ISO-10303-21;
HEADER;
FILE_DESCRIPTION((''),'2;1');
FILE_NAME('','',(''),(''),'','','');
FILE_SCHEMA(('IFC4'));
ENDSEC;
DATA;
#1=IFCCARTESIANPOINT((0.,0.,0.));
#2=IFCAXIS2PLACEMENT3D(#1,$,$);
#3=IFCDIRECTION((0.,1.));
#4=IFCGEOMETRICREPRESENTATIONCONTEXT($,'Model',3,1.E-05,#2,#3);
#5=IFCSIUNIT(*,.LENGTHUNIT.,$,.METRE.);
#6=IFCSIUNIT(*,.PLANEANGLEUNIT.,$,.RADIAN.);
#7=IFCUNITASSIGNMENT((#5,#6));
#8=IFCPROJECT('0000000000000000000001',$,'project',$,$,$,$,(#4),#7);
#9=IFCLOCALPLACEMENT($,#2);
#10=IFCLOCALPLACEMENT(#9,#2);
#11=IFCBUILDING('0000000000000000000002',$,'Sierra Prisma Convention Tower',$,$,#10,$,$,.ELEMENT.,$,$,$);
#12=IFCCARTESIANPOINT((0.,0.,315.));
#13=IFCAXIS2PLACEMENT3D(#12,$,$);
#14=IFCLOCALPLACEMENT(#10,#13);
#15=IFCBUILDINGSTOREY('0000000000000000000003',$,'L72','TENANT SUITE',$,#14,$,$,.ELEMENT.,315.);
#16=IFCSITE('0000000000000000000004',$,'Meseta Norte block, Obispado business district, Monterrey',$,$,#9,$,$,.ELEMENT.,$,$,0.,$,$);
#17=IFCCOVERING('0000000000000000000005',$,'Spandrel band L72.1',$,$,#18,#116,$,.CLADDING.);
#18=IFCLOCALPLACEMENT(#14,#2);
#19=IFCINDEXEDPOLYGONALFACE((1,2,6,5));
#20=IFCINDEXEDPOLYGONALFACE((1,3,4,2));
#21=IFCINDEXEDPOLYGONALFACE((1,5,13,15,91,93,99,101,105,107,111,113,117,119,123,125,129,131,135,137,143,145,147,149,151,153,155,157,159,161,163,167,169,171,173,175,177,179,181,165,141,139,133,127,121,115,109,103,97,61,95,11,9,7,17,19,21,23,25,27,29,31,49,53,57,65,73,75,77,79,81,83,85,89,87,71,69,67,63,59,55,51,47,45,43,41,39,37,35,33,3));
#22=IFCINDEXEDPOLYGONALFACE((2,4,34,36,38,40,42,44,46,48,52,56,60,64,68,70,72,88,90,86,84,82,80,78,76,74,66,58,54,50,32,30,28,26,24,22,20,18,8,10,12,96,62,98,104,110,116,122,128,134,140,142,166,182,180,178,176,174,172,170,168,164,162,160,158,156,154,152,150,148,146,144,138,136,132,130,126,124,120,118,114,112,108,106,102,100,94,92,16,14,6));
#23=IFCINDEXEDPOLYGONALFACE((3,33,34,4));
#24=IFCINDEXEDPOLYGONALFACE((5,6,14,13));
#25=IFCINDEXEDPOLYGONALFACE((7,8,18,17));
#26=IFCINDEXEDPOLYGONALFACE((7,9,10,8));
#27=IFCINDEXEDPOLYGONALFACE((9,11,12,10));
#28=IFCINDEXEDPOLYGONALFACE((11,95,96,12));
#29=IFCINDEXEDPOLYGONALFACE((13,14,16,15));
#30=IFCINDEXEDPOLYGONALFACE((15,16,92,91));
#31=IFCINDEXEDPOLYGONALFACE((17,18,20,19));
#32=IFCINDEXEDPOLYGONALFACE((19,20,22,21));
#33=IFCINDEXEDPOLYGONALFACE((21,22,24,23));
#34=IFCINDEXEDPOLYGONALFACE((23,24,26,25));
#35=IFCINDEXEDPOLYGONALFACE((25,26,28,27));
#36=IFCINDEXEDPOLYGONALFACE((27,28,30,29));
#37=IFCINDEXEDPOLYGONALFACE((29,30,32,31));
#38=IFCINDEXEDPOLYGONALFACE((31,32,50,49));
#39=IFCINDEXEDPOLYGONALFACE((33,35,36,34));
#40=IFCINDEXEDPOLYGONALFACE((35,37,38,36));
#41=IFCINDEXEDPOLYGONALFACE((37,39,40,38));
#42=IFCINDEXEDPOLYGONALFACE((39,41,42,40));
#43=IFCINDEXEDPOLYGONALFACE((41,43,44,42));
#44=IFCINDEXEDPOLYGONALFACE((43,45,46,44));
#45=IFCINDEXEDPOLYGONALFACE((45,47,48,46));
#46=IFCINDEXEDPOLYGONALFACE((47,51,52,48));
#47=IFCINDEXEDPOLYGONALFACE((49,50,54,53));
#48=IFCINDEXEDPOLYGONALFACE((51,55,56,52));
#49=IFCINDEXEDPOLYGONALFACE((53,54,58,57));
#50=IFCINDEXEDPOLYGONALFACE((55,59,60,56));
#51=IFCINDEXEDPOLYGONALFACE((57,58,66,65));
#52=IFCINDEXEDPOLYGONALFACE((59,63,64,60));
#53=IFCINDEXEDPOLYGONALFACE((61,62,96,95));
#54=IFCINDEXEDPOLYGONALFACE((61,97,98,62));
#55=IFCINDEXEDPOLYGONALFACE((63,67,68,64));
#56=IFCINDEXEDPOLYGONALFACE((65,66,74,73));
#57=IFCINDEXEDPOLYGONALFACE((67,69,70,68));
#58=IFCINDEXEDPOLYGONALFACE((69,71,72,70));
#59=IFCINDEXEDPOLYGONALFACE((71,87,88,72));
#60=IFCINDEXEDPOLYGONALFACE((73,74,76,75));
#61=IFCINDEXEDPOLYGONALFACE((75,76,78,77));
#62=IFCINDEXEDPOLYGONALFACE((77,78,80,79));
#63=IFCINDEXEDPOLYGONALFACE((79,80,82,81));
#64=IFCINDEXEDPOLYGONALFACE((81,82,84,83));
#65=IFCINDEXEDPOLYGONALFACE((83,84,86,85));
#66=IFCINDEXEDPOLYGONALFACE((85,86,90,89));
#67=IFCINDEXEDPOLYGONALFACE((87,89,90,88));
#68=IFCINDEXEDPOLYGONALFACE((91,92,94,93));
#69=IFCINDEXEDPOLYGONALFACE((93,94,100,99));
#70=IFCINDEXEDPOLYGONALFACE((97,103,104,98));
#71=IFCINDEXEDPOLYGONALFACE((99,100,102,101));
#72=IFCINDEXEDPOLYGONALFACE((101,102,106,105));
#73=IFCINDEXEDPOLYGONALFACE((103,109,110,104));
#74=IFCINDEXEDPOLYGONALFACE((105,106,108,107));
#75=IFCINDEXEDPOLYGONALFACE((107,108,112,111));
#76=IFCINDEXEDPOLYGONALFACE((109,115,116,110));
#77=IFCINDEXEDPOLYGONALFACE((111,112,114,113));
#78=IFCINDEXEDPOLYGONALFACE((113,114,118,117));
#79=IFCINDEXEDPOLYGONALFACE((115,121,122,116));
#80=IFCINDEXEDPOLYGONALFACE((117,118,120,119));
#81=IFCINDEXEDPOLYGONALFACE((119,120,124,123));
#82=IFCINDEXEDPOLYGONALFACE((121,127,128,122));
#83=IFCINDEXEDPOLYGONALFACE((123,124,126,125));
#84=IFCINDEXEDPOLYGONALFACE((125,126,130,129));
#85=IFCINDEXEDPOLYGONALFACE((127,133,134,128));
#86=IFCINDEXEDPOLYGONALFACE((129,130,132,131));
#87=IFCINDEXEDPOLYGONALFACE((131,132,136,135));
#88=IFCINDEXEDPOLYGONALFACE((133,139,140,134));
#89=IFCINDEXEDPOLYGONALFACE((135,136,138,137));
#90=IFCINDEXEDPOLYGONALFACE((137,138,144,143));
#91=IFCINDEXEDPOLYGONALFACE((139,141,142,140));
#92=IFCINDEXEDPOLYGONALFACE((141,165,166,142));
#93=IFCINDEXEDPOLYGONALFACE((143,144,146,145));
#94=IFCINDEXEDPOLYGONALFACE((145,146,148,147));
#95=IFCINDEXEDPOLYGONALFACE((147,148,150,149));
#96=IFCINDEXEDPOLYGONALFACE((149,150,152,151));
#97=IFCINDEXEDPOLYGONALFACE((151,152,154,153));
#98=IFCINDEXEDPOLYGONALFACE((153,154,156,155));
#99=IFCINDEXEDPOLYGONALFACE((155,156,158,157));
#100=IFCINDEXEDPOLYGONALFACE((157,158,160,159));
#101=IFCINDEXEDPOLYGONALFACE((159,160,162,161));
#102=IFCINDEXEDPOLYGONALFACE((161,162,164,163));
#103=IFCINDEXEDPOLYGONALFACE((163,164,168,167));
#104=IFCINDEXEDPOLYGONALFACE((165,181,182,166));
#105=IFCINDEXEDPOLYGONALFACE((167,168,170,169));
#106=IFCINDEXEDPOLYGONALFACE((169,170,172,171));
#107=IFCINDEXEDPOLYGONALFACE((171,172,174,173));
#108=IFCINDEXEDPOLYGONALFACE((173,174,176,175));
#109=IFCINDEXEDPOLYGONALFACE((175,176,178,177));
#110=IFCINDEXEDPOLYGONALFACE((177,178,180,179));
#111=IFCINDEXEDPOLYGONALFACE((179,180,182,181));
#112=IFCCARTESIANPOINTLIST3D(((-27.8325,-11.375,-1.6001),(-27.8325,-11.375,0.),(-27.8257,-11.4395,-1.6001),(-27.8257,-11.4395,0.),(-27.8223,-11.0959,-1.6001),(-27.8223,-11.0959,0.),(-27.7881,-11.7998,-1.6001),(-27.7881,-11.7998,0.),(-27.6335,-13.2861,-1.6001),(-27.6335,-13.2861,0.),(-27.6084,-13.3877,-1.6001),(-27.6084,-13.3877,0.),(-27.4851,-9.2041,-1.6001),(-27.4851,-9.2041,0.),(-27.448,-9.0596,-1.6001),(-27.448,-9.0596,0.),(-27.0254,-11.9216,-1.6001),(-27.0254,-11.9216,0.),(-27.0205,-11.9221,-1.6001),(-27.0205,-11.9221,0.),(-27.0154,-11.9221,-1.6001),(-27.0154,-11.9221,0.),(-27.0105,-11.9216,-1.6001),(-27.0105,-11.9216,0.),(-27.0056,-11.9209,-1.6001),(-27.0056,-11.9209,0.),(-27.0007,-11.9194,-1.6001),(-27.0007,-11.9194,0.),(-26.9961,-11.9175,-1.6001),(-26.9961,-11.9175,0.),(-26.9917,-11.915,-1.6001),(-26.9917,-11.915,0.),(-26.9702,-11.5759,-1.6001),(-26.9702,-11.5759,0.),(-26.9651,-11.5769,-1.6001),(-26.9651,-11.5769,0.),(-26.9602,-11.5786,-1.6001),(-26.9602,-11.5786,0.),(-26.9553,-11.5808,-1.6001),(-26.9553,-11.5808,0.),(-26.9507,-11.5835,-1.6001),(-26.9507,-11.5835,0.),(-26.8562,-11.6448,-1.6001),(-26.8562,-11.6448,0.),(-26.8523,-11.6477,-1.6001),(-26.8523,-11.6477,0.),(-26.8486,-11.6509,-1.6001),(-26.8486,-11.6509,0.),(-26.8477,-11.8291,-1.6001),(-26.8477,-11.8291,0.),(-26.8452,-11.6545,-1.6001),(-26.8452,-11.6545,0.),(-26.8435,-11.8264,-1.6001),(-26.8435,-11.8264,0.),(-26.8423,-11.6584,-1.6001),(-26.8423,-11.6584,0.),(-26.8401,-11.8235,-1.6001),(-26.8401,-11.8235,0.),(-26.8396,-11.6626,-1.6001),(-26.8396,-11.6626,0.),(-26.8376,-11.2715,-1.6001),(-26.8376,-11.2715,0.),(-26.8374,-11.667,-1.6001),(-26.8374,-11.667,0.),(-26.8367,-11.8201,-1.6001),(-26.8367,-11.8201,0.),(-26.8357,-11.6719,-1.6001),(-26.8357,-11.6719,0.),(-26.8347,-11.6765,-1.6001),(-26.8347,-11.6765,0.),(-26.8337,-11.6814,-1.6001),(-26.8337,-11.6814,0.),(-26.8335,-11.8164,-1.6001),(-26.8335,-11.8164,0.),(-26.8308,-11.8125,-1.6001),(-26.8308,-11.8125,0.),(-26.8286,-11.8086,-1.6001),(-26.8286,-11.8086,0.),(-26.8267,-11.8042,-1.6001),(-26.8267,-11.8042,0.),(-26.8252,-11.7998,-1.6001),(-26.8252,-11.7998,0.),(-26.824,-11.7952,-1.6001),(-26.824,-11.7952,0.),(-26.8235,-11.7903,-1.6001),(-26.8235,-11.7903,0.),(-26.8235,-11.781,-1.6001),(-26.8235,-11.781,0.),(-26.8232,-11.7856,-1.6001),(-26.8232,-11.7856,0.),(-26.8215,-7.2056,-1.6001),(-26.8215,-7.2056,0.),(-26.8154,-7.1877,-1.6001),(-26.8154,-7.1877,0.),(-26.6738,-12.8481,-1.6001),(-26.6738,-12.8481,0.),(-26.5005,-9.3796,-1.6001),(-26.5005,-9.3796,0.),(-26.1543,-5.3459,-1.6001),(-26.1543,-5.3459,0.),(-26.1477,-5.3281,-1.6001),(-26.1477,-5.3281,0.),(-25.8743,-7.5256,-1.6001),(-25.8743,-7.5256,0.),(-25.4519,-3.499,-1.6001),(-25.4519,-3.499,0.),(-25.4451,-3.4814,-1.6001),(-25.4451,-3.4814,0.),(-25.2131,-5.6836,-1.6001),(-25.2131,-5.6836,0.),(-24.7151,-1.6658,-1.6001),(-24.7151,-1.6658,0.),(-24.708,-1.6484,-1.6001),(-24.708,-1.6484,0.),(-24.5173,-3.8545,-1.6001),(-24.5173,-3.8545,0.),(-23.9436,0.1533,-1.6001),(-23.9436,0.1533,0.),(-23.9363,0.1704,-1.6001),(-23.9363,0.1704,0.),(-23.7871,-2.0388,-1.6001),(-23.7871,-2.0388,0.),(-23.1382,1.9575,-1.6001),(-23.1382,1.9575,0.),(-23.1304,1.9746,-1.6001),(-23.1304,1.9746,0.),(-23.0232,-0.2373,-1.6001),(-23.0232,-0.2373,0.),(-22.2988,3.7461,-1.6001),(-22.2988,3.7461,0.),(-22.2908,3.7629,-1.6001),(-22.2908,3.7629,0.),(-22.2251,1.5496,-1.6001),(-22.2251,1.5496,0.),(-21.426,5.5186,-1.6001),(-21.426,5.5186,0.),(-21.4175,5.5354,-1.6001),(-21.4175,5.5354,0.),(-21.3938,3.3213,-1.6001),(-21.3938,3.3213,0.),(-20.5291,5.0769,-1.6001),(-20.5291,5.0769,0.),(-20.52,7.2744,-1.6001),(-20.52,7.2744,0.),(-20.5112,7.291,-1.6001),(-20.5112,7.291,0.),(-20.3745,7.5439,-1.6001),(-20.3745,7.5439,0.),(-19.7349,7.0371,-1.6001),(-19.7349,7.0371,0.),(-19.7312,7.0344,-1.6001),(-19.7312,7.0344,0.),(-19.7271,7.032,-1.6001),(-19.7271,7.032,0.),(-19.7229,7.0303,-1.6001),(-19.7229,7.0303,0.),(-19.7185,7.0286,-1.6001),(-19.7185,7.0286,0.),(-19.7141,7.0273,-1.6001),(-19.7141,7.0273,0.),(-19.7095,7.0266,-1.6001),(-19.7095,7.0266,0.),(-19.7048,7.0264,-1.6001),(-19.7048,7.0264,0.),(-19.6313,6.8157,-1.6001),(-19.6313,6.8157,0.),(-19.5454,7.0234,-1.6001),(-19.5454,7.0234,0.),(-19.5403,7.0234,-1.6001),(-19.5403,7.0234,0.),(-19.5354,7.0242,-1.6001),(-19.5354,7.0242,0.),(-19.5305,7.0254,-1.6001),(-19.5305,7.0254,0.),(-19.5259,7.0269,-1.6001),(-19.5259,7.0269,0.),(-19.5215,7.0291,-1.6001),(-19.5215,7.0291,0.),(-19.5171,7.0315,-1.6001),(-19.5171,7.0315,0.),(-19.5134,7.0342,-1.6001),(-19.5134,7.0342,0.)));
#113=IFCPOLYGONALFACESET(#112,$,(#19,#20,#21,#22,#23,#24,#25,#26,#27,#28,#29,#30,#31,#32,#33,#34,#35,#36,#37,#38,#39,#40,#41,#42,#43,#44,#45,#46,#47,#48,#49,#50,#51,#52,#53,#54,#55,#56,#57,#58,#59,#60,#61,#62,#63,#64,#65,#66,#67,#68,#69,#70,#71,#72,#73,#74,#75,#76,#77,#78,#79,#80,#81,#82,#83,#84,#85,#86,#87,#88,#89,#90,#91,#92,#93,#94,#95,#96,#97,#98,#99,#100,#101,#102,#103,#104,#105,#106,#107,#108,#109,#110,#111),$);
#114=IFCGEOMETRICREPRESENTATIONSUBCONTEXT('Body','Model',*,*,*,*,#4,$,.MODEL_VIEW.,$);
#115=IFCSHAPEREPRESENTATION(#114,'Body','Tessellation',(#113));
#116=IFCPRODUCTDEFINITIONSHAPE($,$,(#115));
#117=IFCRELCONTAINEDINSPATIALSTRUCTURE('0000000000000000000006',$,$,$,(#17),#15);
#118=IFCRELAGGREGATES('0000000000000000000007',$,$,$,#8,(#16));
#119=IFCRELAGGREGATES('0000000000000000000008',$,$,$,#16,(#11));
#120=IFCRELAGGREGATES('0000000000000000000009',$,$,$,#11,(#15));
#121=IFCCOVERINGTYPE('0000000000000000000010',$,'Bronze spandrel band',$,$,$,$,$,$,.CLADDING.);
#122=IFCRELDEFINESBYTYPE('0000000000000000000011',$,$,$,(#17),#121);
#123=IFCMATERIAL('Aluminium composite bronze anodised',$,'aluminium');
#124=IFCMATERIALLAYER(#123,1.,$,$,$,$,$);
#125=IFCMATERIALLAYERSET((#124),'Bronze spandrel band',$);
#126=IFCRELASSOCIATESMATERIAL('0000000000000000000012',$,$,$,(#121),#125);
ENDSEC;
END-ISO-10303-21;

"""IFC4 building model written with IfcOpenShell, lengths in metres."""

from ifc_helpers import new_model, si_unit, direction, frame, origin, place, context, subcontext, project, spatial, polyline, outline, extrude, material, layer, layer_set, type_object, element, save


model = new_model("IFC4")

# Units and contexts
model_context = context("Model", 3, precision=1e-05, world=origin(), true_north=direction((0.0, 1.0)))
body_context = subcontext(model_context, "Body", "Model", "MODEL_VIEW")
ifc_project = project(units=[si_unit("LENGTHUNIT", "METRE"), si_unit("PLANEANGLEUNIT", "RADIAN")], contexts=[model_context])

# Site, building, storey
site_placement = place(None, origin())
site = spatial("IfcSite", under=ifc_project, at=site_placement, Name="Meseta Norte block, Obispado business district, Monterrey", CompositionType="ELEMENT", RefElevation=0.0)
building_placement = place(site_placement, origin())
building = spatial("IfcBuilding", under=site, at=building_placement, Name="Sierra Prisma Convention Tower", CompositionType="ELEMENT")
storey_placement = place(building_placement, frame((0.0, 0.0, 315.0)))
storey = spatial("IfcBuildingStorey", under=building, at=storey_placement, Name="L72", Description="TENANT SUITE", CompositionType="ELEMENT", Elevation=315.0)

# Covering
ifc_material_1 = material(Name="Aluminium composite bronze anodised", Category="aluminium")
ifc_layer_1 = layer(ifc_material_1, 1.0)
ifc_layer_set_1 = layer_set([ifc_layer_1], Name="Bronze spandrel band")
covering_type = type_object("IfcCoveringType", Name="Bronze spandrel band", PredefinedType="CLADDING", material=ifc_layer_set_1)
covering_1_placement = place(storey_placement, frame((0.0, 0.0, -1.6001)))
element("IfcCovering", 1, at=covering_1_placement, inside=storey, type_object=covering_type, Name="Spandrel band L72.1", PredefinedType="CLADDING", context=body_context, shape_type="SweptSolid", body=[
    extrude(outline(polyline([(-23.9436, 0.1533), (-23.9363, 0.1704), (-23.1382, 1.9575), (-23.1304, 1.9746), (-22.2988, 3.7461), (-22.2908, 3.7629), (-21.426, 5.5186), (-21.4175, 5.5354), (-20.52, 7.2744), (-20.5112, 7.291), (-20.3745, 7.5439), (-19.7349, 7.0371), (-19.7312, 7.0344), (-19.7271, 7.032), (-19.7229, 7.0303), (-19.7185, 7.0286), (-19.7141, 7.0273), (-19.7095, 7.0266), (-19.7048, 7.0264), (-19.5454, 7.0234), (-19.5403, 7.0234), (-19.5354, 7.0242), (-19.5305, 7.0254), (-19.5259, 7.0269), (-19.5215, 7.0291), (-19.5171, 7.0315), (-19.5134, 7.0342), (-19.6313, 6.8157), (-20.5291, 5.0769), (-21.3938, 3.3213), (-22.2251, 1.5496), (-23.0232, -0.2373), (-23.7871, -2.0388), (-24.5173, -3.8545), (-25.2131, -5.6836), (-25.8743, -7.5256), (-26.5005, -9.3796), (-26.8376, -11.2715), (-26.6738, -12.8481), (-27.6084, -13.3877), (-27.6335, -13.2861), (-27.7881, -11.7998), (-27.0254, -11.9216), (-27.0205, -11.9221), (-27.0154, -11.9221), (-27.0105, -11.9216), (-27.0056, -11.9209), (-27.0007, -11.9194), (-26.9961, -11.9175), (-26.9917, -11.915), (-26.8477, -11.8291), (-26.8435, -11.8264), (-26.8401, -11.8235), (-26.8367, -11.8201), (-26.8335, -11.8164), (-26.8308, -11.8125), (-26.8286, -11.8086), (-26.8267, -11.8042), (-26.8252, -11.7998), (-26.824, -11.7952), (-26.8235, -11.7903), (-26.8232, -11.7856), (-26.8235, -11.781), (-26.8337, -11.6814), (-26.8347, -11.6765), (-26.8357, -11.6719), (-26.8374, -11.667), (-26.8396, -11.6626), (-26.8423, -11.6584), (-26.8452, -11.6545), (-26.8486, -11.6509), (-26.8523, -11.6477), (-26.8562, -11.6448), (-26.9507, -11.5835), (-26.9553, -11.5808), (-26.9602, -11.5786), (-26.9651, -11.5769), (-26.9702, -11.5759), (-27.8257, -11.4395), (-27.8325, -11.375), (-27.8223, -11.0959), (-27.4851, -9.2041), (-27.448, -9.0596), (-26.8215, -7.2056), (-26.8154, -7.1877), (-26.1543, -5.3459), (-26.1477, -5.3281), (-25.4519, -3.499), (-25.4451, -3.4814), (-24.7151, -1.6658), (-24.708, -1.6484), (-23.9436, 0.1533)])), origin(), (0.0, 0.0, 1.0), 1.6001),
])

save(model, "model.ifc")
